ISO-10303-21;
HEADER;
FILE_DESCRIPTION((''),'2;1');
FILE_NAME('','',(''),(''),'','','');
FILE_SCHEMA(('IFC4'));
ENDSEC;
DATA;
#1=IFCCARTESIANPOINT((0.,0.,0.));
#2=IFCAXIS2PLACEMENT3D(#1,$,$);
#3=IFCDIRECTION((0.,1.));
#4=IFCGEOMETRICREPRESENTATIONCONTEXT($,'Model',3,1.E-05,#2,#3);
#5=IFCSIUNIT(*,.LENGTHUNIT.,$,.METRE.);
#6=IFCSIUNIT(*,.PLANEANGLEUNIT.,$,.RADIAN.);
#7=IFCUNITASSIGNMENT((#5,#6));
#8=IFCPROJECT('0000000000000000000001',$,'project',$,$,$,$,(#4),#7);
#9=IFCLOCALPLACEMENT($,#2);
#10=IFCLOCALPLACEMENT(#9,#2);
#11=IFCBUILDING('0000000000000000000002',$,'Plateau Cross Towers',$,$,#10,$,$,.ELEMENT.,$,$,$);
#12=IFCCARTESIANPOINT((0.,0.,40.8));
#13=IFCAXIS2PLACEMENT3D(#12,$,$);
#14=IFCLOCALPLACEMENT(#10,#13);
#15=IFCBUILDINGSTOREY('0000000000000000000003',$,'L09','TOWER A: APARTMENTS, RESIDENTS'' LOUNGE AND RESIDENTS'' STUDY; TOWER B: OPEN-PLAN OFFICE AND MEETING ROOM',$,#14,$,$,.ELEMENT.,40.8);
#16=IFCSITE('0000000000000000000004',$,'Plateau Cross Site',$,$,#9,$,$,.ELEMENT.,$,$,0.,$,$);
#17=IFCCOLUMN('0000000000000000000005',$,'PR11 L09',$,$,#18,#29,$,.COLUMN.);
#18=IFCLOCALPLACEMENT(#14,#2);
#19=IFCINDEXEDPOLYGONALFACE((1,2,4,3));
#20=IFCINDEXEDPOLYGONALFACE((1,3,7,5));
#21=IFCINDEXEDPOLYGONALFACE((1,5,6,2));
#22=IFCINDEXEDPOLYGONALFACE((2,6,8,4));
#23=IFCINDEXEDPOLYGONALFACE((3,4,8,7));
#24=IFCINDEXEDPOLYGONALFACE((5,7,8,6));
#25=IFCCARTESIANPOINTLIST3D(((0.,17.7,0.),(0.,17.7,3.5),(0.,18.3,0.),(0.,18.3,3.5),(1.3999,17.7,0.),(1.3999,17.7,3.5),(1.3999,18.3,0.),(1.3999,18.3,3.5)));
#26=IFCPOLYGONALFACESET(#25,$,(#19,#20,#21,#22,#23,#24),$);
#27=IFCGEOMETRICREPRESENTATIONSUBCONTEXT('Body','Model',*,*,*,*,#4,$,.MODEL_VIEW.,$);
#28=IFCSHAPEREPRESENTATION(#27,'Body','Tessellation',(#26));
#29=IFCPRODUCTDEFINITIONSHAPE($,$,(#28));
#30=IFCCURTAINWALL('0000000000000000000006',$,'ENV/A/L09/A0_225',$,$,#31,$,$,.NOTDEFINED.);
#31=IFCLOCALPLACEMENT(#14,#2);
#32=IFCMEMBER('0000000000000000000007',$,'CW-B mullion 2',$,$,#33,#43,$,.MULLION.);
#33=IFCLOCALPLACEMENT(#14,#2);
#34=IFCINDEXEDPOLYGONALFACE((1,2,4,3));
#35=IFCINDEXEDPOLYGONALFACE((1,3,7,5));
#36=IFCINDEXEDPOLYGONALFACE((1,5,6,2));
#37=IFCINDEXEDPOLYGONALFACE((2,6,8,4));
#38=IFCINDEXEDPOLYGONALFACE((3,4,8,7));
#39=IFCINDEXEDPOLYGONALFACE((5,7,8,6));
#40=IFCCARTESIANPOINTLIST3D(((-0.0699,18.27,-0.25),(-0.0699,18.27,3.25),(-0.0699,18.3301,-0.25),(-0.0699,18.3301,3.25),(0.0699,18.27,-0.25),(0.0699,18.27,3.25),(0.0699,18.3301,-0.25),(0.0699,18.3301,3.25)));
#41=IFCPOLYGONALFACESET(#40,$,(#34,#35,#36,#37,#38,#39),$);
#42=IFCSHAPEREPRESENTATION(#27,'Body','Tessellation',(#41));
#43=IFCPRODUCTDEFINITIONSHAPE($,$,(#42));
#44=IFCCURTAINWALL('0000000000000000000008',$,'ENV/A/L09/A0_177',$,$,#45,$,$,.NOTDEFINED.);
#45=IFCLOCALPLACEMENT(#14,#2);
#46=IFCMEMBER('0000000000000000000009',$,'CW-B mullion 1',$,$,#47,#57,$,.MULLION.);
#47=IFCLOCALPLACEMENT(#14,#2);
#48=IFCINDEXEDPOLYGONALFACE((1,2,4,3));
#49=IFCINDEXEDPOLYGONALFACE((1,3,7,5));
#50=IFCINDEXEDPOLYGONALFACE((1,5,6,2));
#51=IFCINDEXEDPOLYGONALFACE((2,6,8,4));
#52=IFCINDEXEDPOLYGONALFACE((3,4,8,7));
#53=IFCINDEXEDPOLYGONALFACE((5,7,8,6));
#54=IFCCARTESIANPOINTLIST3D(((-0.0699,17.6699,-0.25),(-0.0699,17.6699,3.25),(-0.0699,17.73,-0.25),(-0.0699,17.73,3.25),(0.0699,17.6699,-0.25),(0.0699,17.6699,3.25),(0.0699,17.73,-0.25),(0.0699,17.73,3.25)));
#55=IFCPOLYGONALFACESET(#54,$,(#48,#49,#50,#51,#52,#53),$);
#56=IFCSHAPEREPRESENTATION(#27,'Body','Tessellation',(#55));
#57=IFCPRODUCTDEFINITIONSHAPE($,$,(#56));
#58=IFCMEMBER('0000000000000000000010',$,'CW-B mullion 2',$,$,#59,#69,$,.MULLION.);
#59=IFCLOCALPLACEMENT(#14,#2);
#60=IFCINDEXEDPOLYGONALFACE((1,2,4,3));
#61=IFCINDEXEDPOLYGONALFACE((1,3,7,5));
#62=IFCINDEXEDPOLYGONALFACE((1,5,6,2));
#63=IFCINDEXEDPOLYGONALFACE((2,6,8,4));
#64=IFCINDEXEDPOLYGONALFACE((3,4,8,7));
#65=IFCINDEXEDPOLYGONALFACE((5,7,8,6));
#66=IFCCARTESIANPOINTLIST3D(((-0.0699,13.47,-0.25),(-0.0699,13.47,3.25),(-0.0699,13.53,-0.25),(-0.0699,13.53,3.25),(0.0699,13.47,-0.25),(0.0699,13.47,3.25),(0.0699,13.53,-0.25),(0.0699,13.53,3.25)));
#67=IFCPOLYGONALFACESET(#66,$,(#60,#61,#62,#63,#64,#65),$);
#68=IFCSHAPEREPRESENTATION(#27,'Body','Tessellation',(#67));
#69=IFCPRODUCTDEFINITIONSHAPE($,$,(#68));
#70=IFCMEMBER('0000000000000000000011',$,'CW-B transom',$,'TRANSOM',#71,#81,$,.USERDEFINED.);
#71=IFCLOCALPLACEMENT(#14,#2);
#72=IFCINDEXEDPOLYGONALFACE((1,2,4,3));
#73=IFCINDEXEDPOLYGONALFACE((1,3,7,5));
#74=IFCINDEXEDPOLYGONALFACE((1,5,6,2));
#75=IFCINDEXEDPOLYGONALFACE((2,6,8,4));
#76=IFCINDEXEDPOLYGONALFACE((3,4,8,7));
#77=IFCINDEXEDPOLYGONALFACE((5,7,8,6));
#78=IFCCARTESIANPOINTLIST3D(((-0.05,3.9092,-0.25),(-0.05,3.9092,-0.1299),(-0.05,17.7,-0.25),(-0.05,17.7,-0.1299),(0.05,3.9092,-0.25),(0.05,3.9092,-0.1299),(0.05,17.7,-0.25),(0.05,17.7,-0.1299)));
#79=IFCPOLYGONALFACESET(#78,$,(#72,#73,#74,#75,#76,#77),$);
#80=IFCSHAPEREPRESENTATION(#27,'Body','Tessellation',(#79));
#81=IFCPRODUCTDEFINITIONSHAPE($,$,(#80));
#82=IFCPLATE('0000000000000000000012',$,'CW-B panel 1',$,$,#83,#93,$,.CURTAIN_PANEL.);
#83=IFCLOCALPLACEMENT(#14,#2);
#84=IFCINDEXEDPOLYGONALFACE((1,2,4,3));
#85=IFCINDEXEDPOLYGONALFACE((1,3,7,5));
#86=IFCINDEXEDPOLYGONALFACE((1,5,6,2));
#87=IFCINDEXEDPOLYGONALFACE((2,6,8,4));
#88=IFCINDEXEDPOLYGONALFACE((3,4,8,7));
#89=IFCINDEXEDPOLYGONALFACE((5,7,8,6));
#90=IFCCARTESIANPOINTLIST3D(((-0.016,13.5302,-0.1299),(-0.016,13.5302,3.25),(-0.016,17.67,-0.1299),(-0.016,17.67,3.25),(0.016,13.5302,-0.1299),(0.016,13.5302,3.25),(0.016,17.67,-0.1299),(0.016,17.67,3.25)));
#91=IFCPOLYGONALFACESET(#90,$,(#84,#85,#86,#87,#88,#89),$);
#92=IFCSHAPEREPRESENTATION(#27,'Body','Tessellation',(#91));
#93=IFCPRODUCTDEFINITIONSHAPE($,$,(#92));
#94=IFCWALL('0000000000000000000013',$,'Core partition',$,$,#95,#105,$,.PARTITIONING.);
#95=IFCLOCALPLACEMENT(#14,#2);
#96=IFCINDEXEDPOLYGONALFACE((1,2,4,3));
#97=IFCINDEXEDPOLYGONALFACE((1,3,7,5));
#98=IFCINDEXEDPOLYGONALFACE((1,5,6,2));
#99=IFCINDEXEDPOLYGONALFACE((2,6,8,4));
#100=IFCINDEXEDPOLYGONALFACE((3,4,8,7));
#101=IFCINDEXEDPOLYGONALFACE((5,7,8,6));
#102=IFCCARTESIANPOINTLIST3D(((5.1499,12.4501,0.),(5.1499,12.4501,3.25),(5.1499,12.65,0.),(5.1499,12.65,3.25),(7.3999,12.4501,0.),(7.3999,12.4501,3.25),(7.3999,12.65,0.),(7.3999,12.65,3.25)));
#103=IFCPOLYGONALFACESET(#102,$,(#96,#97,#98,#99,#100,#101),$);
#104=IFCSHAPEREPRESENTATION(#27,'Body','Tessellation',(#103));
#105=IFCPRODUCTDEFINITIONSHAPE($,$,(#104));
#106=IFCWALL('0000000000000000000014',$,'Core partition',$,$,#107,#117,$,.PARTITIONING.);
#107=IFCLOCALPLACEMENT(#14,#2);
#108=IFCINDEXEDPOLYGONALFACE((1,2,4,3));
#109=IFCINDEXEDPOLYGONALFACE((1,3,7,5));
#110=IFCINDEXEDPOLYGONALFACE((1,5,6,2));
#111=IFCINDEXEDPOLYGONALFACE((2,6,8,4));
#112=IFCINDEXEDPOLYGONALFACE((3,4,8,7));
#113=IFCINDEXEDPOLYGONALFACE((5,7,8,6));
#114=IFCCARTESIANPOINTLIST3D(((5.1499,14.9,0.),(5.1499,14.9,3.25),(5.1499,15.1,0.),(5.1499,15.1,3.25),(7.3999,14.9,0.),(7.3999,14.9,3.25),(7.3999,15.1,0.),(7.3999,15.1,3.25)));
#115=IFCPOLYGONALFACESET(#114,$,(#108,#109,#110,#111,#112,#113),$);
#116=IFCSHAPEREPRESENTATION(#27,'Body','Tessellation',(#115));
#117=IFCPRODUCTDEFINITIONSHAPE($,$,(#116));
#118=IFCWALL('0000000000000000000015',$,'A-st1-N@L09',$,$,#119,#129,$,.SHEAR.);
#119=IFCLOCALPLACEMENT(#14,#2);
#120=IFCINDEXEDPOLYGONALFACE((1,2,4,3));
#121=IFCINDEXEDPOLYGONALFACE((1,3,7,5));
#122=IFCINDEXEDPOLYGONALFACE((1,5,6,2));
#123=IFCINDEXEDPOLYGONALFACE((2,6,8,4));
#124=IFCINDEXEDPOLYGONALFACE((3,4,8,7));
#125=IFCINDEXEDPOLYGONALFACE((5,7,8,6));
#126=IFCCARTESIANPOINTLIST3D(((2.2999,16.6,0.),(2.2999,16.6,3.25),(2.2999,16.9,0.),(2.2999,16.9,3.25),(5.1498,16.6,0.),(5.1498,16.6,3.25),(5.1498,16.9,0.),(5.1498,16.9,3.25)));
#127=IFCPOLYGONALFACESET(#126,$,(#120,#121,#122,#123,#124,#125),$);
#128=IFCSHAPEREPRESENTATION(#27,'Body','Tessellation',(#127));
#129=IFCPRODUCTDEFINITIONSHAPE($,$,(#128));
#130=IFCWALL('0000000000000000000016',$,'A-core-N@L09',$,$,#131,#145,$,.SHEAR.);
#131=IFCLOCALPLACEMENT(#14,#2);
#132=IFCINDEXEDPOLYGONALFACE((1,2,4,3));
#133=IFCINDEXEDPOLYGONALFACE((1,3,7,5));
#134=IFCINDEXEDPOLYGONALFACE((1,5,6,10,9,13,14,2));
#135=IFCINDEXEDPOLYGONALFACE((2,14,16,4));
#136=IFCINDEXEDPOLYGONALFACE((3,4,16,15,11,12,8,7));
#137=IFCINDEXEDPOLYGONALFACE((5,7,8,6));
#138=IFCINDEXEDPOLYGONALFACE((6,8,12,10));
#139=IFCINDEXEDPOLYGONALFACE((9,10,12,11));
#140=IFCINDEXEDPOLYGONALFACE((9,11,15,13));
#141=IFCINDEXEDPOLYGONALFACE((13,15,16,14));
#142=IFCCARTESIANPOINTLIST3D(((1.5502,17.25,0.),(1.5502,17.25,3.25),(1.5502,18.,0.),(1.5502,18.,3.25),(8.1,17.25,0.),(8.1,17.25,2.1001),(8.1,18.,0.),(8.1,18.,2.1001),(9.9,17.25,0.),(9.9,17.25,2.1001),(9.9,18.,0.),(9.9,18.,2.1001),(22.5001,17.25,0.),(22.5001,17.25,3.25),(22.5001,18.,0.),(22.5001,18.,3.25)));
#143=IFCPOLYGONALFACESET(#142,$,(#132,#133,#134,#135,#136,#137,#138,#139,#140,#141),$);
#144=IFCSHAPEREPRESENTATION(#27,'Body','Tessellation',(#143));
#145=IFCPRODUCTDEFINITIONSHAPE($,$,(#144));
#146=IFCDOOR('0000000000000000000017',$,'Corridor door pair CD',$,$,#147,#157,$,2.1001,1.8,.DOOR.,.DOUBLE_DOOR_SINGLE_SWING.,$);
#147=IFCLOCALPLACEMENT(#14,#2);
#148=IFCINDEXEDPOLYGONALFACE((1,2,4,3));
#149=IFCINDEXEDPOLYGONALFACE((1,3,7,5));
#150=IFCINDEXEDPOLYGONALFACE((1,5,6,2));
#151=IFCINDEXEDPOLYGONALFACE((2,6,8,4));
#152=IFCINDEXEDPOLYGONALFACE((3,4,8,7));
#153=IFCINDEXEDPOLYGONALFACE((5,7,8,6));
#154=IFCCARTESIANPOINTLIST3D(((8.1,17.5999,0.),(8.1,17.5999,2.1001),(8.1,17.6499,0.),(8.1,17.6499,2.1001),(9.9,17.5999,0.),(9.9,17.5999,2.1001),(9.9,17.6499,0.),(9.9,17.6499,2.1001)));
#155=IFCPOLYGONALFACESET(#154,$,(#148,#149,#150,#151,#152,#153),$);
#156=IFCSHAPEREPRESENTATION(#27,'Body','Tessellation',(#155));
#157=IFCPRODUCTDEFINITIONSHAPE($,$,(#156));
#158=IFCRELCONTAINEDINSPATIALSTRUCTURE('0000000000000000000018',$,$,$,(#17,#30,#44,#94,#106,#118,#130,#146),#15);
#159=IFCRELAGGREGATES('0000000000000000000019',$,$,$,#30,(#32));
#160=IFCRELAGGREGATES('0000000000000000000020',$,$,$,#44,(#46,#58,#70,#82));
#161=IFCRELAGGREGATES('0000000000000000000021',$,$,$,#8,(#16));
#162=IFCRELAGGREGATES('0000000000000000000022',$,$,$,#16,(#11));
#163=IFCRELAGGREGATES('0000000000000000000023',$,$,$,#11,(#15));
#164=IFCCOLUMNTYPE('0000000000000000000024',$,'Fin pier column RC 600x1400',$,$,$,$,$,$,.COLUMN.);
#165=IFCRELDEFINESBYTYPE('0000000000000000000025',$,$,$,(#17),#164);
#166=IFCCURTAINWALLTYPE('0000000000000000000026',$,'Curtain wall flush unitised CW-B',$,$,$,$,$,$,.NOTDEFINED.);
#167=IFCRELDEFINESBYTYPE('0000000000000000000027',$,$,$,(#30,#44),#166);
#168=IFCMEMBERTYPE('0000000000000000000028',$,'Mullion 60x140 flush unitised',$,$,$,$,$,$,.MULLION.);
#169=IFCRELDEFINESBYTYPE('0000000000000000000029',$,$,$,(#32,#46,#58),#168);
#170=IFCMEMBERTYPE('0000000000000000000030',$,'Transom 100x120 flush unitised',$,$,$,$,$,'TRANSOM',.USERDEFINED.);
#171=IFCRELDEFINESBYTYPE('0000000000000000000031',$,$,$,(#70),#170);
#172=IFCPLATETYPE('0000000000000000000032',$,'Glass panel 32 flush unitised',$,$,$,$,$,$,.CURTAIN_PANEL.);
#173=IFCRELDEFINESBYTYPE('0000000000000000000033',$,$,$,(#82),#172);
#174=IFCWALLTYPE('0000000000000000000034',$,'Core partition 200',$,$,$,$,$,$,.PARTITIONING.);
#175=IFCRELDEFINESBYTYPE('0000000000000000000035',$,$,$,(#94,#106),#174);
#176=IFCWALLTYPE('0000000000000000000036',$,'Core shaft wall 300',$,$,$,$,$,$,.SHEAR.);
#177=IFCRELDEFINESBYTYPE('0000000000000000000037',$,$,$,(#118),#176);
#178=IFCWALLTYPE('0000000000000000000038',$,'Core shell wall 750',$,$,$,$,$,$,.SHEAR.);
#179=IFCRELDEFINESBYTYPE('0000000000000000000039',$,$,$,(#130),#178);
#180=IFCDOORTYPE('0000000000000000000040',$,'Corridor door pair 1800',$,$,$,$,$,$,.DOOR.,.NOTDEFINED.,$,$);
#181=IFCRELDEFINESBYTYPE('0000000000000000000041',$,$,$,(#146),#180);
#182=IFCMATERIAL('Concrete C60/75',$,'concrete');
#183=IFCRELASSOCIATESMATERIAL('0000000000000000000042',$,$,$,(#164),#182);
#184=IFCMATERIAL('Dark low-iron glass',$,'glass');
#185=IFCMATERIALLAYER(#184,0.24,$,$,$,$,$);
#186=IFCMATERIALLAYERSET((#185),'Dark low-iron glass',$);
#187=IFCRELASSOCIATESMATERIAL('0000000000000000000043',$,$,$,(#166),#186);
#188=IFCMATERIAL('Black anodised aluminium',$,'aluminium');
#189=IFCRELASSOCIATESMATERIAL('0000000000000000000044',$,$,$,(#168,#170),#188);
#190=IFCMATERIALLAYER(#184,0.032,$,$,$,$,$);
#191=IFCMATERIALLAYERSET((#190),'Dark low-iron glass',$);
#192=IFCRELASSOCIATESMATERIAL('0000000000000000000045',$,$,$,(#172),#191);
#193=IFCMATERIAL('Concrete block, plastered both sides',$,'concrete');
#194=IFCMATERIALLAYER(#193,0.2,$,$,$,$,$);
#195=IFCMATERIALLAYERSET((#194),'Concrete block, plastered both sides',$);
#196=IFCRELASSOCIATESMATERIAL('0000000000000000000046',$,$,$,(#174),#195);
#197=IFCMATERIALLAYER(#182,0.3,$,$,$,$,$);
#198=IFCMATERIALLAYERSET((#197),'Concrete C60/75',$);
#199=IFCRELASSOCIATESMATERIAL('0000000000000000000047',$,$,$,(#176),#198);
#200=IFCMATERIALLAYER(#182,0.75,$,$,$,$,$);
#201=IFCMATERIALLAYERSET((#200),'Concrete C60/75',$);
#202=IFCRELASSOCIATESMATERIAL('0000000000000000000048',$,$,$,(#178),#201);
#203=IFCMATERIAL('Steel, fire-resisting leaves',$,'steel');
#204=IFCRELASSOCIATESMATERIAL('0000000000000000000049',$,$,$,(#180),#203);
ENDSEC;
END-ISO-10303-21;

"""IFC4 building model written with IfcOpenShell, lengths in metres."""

from ifc_helpers import new_model, si_unit, direction, frame, frame_2d, origin, origin_2d, place, context, subcontext, project, spatial, rectangle, extrude, material, layer, layer_set, material_profile, profile_set, type_object, element, fill, aggregate, save


model = new_model("IFC4")

# Units and contexts
model_context = context("Model", 3, precision=1e-05, world=origin(), true_north=direction((0.0, 1.0)))
body_context = subcontext(model_context, "Body", "Model", "MODEL_VIEW")
ifc_project = project(units=[si_unit("LENGTHUNIT", "METRE"), si_unit("PLANEANGLEUNIT", "RADIAN")], contexts=[model_context])

# Site, building, storey
site_placement = place(None, origin())
site = spatial("IfcSite", under=ifc_project, at=site_placement, Name="Plateau Cross Site", CompositionType="ELEMENT", RefElevation=0.0)
building_placement = place(site_placement, origin())
building = spatial("IfcBuilding", under=site, at=building_placement, Name="Plateau Cross Towers", CompositionType="ELEMENT")
storey_placement = place(building_placement, frame((0.0, 0.0, 40.8)))
storey = spatial("IfcBuildingStorey", under=building, at=storey_placement, Name="L09", Description="TOWER A: APARTMENTS, RESIDENTS' LOUNGE AND RESIDENTS' STUDY; TOWER B: OPEN-PLAN OFFICE AND MEETING ROOM", CompositionType="ELEMENT", Elevation=40.8)

# Column
ifc_material_1 = material(Name="Concrete C60/75", Category="concrete")
ifc_material_profile_1 = material_profile(ifc_material_1, rectangle(XDim=0.6001, YDim=1.3999, at=origin_2d()), Name="RC 600x1400")
ifc_profile_set_1 = profile_set([ifc_material_profile_1], Name="Concrete C60/75")
column_type = type_object("IfcColumnType", Name="Fin pier column RC 600x1400", PredefinedType="COLUMN", material=ifc_profile_set_1)
column_placement = place(storey_placement, frame((0.7, 18.0, 0.0), z_axis=(0.0, 0.0, 1.0), x_axis=(0.0, 1.0, 0.0)))
element("IfcColumn", 1, at=column_placement, inside=storey, type_object=column_type, Name="PR11 L09", PredefinedType="COLUMN", context=body_context, shape_type="SweptSolid", body=[
    extrude(rectangle(XDim=0.6001, YDim=1.3999, at=origin_2d()), origin(), (0.0, 0.0, 1.0), 3.5),
])

# Curtain wall, member
ifc_material_2 = material(Name="Dark low-iron glass", Category="glass")
ifc_layer_1 = layer(ifc_material_2, 0.24)
ifc_layer_set_1 = layer_set([ifc_layer_1], Name="Dark low-iron glass")
curtain_wall_type = type_object("IfcCurtainWallType", Name="Curtain wall flush unitised CW-B", PredefinedType="NOTDEFINED", material=ifc_layer_set_1)
curtain_wall_1_placement = place(storey_placement, origin())
curtain_wall_1 = element("IfcCurtainWall", 2, at=curtain_wall_1_placement, inside=storey, type_object=curtain_wall_type, Name="ENV/A/L09/A0_225", PredefinedType="NOTDEFINED")
ifc_material_3 = material(Name="Black anodised aluminium", Category="aluminium")
ifc_material_profile_2 = material_profile(ifc_material_3, rectangle(XDim=0.0601, YDim=0.1399, at=origin_2d()), Name="MULLION 60x140")
ifc_profile_set_2 = profile_set([ifc_material_profile_2], Name="Black anodised aluminium")
member_type_1 = type_object("IfcMemberType", Name="Mullion 60x140 flush unitised", PredefinedType="MULLION", material=ifc_profile_set_2)
member_1_placement = place(storey_placement, frame((0.0, 18.3, -0.25), z_axis=(0.0, 0.0, 1.0), x_axis=(0.0, -1.0, 0.0)))
member_1 = element("IfcMember", 3, at=member_1_placement, type_object=member_type_1, Name="CW-B mullion 2", PredefinedType="MULLION", context=body_context, shape_type="SweptSolid", body=[
    extrude(rectangle(XDim=0.0601, YDim=0.1399, at=origin_2d()), origin(), (0.0, 0.0, 1.0), 3.5),
])
aggregate(curtain_wall_1, [member_1])

# Curtain wall, members, plate
curtain_wall_2_placement = place(storey_placement, origin())
curtain_wall_2 = element("IfcCurtainWall", 4, at=curtain_wall_2_placement, inside=storey, type_object=curtain_wall_type, Name="ENV/A/L09/A0_177", PredefinedType="NOTDEFINED")
member_2_placement = place(storey_placement, frame((0.0, 17.7, -0.25), z_axis=(0.0, 0.0, 1.0), x_axis=(0.0, -1.0, 0.0)))
member_2 = element("IfcMember", 5, at=member_2_placement, type_object=member_type_1, Name="CW-B mullion 1", PredefinedType="MULLION", context=body_context, shape_type="SweptSolid", body=[
    extrude(rectangle(XDim=0.0601, YDim=0.1399, at=origin_2d()), origin(), (0.0, 0.0, 1.0), 3.5),
])
member_3_placement = place(storey_placement, frame((0.0, 13.5, -0.25), z_axis=(0.0, 0.0, 1.0), x_axis=(0.0, -1.0, 0.0)))
member_3 = element("IfcMember", 6, at=member_3_placement, type_object=member_type_1, Name="CW-B mullion 2", PredefinedType="MULLION", context=body_context, shape_type="SweptSolid", body=[
    extrude(rectangle(XDim=0.0601, YDim=0.1399, at=origin_2d()), origin(), (0.0, 0.0, 1.0), 3.5),
])
ifc_material_profile_3 = material_profile(ifc_material_3, rectangle(XDim=0.1001, YDim=0.1201, at=origin_2d()), Name="TRANSOM 100x120")
ifc_profile_set_3 = profile_set([ifc_material_profile_3], Name="Black anodised aluminium")
member_type_2 = type_object("IfcMemberType", Name="Transom 100x120 flush unitised", ElementType="TRANSOM", PredefinedType="USERDEFINED", material=ifc_profile_set_3)
member_4_placement = place(storey_placement, frame((0.0, 17.7, -0.1899), z_axis=(0.0, -1.0, 0.0), x_axis=(1.0, 0.0, 0.0)))
member_4 = element("IfcMember", 7, at=member_4_placement, type_object=member_type_2, Name="CW-B transom", ObjectType="TRANSOM", PredefinedType="USERDEFINED", context=body_context, shape_type="SweptSolid", body=[
    extrude(rectangle(XDim=0.1001, YDim=0.1201, at=origin_2d()), origin(), (0.0, 0.0, 1.0), 13.7908),
])
ifc_layer_2 = layer(ifc_material_2, 0.032)
ifc_layer_set_2 = layer_set([ifc_layer_2], Name="Dark low-iron glass")
plate_type = type_object("IfcPlateType", Name="Glass panel 32 flush unitised", PredefinedType="CURTAIN_PANEL", material=ifc_layer_set_2)
plate_placement = place(storey_placement, frame((0.0, 15.6001, -0.1299), z_axis=(0.0, 0.0, 1.0), x_axis=(0.0, -1.0, 0.0)))
plate = element("IfcPlate", 8, at=plate_placement, type_object=plate_type, Name="CW-B panel 1", PredefinedType="CURTAIN_PANEL", context=body_context, shape_type="SweptSolid", body=[
    extrude(rectangle(XDim=4.1399, YDim=0.032, at=origin_2d()), origin(), (0.0, 0.0, 1.0), 3.3799),
])
aggregate(curtain_wall_2, [member_2, member_3, member_4, plate])

# Walls
ifc_material_4 = material(Name="Concrete block, plastered both sides", Category="concrete")
ifc_layer_3 = layer(ifc_material_4, 0.2)
ifc_layer_set_3 = layer_set([ifc_layer_3], Name="Concrete block, plastered both sides")
wall_type_1 = type_object("IfcWallType", Name="Core partition 200", PredefinedType="PARTITIONING", material=ifc_layer_set_3)
for number, where, z_axis, x_axis, name in (
    (9, (5.1499, 12.55, 0.0), (0.0, 0.0, 1.0), (1.0, 0.0, 0.0), "Core partition"),
    (10, (5.1499, 15.0, 0.0), (0.0, 0.0, 1.0), (1.0, 0.0, 0.0), "Core partition"),
):
    element("IfcWall", number, at=place(storey_placement, frame(where, z_axis=z_axis, x_axis=x_axis)), inside=storey, type_object=wall_type_1, Name=name, PredefinedType="PARTITIONING", context=body_context, shape_type="SweptSolid", body=[
        extrude(rectangle(XDim=2.25, YDim=0.2, at=frame_2d((1.125, 0.0))), origin(), (0.0, 0.0, 1.0), 3.25),
    ])
ifc_layer_4 = layer(ifc_material_1, 0.3)
ifc_layer_set_4 = layer_set([ifc_layer_4], Name="Concrete C60/75")
wall_type_2 = type_object("IfcWallType", Name="Core shaft wall 300", PredefinedType="SHEAR", material=ifc_layer_set_4)
wall_1_placement = place(storey_placement, frame((2.3, 16.75, 0.0), z_axis=(0.0, 0.0, 1.0), x_axis=(1.0, 0.0, 0.0)))
element("IfcWall", 11, at=wall_1_placement, inside=storey, type_object=wall_type_2, Name="A-st1-N@L09", PredefinedType="SHEAR", context=body_context, shape_type="SweptSolid", body=[
    extrude(rectangle(XDim=2.8499, YDim=0.3, at=frame_2d((1.4248, 0.0))), origin(), (0.0, 0.0, 1.0), 3.25),
])

# Wall, opening, door
ifc_layer_5 = layer(ifc_material_1, 0.75)
ifc_layer_set_5 = layer_set([ifc_layer_5], Name="Concrete C60/75")
wall_type_3 = type_object("IfcWallType", Name="Core shell wall 750", PredefinedType="SHEAR", material=ifc_layer_set_5)
wall_2_placement = place(storey_placement, frame((1.55, 17.625, 0.0), z_axis=(0.0, 0.0, 1.0), x_axis=(1.0, 0.0, 0.0)))
wall_2 = element("IfcWall", 12, at=wall_2_placement, inside=storey, type_object=wall_type_3, Name="A-core-N@L09", PredefinedType="SHEAR", context=body_context, shape_type="SweptSolid", body=[
    extrude(rectangle(XDim=20.95, YDim=0.75, at=frame_2d((10.4751, 0.0))), origin(), (0.0, 0.0, 1.0), 3.25),
])
opening_placement = place(wall_2_placement, frame((6.55, 0.0, 0.0)))
opening = element("IfcOpeningElement", 13, at=opening_placement, cuts=wall_2, PredefinedType="OPENING", context=body_context, shape_type="SweptSolid", body=[
    extrude(rectangle(XDim=1.8, YDim=2.1001, at=frame_2d((0.8999, 1.05))), frame((0.0, 0.385, 0.0), z_axis=(0.0, -1.0, 0.0), x_axis=(1.0, 0.0, 0.0)), (0.0, 0.0, 1.0), 0.77),
])
ifc_material_5 = material(Name="Steel, fire-resisting leaves", Category="steel")
door_type = type_object("IfcDoorType", Name="Corridor door pair 1800", OperationType="NOTDEFINED", PredefinedType="DOOR", material=ifc_material_5)
door_placement = place(opening_placement, origin())
door = element("IfcDoor", 14, at=door_placement, inside=storey, type_object=door_type, Name="Corridor door pair CD", OperationType="DOUBLE_DOOR_SINGLE_SWING", OverallHeight=2.1001, OverallWidth=1.8, PredefinedType="DOOR", context=body_context, shape_type="SweptSolid", body=[
    extrude(rectangle(XDim=1.8, YDim=2.1001, at=frame_2d((0.8999, 1.05))), frame((0.0, 0.0249, 0.0), z_axis=(0.0, -1.0, 0.0), x_axis=(1.0, 0.0, 0.0)), (0.0, 0.0, 1.0), 0.05),
])
fill(opening, door)

save(model, "model.ifc")
